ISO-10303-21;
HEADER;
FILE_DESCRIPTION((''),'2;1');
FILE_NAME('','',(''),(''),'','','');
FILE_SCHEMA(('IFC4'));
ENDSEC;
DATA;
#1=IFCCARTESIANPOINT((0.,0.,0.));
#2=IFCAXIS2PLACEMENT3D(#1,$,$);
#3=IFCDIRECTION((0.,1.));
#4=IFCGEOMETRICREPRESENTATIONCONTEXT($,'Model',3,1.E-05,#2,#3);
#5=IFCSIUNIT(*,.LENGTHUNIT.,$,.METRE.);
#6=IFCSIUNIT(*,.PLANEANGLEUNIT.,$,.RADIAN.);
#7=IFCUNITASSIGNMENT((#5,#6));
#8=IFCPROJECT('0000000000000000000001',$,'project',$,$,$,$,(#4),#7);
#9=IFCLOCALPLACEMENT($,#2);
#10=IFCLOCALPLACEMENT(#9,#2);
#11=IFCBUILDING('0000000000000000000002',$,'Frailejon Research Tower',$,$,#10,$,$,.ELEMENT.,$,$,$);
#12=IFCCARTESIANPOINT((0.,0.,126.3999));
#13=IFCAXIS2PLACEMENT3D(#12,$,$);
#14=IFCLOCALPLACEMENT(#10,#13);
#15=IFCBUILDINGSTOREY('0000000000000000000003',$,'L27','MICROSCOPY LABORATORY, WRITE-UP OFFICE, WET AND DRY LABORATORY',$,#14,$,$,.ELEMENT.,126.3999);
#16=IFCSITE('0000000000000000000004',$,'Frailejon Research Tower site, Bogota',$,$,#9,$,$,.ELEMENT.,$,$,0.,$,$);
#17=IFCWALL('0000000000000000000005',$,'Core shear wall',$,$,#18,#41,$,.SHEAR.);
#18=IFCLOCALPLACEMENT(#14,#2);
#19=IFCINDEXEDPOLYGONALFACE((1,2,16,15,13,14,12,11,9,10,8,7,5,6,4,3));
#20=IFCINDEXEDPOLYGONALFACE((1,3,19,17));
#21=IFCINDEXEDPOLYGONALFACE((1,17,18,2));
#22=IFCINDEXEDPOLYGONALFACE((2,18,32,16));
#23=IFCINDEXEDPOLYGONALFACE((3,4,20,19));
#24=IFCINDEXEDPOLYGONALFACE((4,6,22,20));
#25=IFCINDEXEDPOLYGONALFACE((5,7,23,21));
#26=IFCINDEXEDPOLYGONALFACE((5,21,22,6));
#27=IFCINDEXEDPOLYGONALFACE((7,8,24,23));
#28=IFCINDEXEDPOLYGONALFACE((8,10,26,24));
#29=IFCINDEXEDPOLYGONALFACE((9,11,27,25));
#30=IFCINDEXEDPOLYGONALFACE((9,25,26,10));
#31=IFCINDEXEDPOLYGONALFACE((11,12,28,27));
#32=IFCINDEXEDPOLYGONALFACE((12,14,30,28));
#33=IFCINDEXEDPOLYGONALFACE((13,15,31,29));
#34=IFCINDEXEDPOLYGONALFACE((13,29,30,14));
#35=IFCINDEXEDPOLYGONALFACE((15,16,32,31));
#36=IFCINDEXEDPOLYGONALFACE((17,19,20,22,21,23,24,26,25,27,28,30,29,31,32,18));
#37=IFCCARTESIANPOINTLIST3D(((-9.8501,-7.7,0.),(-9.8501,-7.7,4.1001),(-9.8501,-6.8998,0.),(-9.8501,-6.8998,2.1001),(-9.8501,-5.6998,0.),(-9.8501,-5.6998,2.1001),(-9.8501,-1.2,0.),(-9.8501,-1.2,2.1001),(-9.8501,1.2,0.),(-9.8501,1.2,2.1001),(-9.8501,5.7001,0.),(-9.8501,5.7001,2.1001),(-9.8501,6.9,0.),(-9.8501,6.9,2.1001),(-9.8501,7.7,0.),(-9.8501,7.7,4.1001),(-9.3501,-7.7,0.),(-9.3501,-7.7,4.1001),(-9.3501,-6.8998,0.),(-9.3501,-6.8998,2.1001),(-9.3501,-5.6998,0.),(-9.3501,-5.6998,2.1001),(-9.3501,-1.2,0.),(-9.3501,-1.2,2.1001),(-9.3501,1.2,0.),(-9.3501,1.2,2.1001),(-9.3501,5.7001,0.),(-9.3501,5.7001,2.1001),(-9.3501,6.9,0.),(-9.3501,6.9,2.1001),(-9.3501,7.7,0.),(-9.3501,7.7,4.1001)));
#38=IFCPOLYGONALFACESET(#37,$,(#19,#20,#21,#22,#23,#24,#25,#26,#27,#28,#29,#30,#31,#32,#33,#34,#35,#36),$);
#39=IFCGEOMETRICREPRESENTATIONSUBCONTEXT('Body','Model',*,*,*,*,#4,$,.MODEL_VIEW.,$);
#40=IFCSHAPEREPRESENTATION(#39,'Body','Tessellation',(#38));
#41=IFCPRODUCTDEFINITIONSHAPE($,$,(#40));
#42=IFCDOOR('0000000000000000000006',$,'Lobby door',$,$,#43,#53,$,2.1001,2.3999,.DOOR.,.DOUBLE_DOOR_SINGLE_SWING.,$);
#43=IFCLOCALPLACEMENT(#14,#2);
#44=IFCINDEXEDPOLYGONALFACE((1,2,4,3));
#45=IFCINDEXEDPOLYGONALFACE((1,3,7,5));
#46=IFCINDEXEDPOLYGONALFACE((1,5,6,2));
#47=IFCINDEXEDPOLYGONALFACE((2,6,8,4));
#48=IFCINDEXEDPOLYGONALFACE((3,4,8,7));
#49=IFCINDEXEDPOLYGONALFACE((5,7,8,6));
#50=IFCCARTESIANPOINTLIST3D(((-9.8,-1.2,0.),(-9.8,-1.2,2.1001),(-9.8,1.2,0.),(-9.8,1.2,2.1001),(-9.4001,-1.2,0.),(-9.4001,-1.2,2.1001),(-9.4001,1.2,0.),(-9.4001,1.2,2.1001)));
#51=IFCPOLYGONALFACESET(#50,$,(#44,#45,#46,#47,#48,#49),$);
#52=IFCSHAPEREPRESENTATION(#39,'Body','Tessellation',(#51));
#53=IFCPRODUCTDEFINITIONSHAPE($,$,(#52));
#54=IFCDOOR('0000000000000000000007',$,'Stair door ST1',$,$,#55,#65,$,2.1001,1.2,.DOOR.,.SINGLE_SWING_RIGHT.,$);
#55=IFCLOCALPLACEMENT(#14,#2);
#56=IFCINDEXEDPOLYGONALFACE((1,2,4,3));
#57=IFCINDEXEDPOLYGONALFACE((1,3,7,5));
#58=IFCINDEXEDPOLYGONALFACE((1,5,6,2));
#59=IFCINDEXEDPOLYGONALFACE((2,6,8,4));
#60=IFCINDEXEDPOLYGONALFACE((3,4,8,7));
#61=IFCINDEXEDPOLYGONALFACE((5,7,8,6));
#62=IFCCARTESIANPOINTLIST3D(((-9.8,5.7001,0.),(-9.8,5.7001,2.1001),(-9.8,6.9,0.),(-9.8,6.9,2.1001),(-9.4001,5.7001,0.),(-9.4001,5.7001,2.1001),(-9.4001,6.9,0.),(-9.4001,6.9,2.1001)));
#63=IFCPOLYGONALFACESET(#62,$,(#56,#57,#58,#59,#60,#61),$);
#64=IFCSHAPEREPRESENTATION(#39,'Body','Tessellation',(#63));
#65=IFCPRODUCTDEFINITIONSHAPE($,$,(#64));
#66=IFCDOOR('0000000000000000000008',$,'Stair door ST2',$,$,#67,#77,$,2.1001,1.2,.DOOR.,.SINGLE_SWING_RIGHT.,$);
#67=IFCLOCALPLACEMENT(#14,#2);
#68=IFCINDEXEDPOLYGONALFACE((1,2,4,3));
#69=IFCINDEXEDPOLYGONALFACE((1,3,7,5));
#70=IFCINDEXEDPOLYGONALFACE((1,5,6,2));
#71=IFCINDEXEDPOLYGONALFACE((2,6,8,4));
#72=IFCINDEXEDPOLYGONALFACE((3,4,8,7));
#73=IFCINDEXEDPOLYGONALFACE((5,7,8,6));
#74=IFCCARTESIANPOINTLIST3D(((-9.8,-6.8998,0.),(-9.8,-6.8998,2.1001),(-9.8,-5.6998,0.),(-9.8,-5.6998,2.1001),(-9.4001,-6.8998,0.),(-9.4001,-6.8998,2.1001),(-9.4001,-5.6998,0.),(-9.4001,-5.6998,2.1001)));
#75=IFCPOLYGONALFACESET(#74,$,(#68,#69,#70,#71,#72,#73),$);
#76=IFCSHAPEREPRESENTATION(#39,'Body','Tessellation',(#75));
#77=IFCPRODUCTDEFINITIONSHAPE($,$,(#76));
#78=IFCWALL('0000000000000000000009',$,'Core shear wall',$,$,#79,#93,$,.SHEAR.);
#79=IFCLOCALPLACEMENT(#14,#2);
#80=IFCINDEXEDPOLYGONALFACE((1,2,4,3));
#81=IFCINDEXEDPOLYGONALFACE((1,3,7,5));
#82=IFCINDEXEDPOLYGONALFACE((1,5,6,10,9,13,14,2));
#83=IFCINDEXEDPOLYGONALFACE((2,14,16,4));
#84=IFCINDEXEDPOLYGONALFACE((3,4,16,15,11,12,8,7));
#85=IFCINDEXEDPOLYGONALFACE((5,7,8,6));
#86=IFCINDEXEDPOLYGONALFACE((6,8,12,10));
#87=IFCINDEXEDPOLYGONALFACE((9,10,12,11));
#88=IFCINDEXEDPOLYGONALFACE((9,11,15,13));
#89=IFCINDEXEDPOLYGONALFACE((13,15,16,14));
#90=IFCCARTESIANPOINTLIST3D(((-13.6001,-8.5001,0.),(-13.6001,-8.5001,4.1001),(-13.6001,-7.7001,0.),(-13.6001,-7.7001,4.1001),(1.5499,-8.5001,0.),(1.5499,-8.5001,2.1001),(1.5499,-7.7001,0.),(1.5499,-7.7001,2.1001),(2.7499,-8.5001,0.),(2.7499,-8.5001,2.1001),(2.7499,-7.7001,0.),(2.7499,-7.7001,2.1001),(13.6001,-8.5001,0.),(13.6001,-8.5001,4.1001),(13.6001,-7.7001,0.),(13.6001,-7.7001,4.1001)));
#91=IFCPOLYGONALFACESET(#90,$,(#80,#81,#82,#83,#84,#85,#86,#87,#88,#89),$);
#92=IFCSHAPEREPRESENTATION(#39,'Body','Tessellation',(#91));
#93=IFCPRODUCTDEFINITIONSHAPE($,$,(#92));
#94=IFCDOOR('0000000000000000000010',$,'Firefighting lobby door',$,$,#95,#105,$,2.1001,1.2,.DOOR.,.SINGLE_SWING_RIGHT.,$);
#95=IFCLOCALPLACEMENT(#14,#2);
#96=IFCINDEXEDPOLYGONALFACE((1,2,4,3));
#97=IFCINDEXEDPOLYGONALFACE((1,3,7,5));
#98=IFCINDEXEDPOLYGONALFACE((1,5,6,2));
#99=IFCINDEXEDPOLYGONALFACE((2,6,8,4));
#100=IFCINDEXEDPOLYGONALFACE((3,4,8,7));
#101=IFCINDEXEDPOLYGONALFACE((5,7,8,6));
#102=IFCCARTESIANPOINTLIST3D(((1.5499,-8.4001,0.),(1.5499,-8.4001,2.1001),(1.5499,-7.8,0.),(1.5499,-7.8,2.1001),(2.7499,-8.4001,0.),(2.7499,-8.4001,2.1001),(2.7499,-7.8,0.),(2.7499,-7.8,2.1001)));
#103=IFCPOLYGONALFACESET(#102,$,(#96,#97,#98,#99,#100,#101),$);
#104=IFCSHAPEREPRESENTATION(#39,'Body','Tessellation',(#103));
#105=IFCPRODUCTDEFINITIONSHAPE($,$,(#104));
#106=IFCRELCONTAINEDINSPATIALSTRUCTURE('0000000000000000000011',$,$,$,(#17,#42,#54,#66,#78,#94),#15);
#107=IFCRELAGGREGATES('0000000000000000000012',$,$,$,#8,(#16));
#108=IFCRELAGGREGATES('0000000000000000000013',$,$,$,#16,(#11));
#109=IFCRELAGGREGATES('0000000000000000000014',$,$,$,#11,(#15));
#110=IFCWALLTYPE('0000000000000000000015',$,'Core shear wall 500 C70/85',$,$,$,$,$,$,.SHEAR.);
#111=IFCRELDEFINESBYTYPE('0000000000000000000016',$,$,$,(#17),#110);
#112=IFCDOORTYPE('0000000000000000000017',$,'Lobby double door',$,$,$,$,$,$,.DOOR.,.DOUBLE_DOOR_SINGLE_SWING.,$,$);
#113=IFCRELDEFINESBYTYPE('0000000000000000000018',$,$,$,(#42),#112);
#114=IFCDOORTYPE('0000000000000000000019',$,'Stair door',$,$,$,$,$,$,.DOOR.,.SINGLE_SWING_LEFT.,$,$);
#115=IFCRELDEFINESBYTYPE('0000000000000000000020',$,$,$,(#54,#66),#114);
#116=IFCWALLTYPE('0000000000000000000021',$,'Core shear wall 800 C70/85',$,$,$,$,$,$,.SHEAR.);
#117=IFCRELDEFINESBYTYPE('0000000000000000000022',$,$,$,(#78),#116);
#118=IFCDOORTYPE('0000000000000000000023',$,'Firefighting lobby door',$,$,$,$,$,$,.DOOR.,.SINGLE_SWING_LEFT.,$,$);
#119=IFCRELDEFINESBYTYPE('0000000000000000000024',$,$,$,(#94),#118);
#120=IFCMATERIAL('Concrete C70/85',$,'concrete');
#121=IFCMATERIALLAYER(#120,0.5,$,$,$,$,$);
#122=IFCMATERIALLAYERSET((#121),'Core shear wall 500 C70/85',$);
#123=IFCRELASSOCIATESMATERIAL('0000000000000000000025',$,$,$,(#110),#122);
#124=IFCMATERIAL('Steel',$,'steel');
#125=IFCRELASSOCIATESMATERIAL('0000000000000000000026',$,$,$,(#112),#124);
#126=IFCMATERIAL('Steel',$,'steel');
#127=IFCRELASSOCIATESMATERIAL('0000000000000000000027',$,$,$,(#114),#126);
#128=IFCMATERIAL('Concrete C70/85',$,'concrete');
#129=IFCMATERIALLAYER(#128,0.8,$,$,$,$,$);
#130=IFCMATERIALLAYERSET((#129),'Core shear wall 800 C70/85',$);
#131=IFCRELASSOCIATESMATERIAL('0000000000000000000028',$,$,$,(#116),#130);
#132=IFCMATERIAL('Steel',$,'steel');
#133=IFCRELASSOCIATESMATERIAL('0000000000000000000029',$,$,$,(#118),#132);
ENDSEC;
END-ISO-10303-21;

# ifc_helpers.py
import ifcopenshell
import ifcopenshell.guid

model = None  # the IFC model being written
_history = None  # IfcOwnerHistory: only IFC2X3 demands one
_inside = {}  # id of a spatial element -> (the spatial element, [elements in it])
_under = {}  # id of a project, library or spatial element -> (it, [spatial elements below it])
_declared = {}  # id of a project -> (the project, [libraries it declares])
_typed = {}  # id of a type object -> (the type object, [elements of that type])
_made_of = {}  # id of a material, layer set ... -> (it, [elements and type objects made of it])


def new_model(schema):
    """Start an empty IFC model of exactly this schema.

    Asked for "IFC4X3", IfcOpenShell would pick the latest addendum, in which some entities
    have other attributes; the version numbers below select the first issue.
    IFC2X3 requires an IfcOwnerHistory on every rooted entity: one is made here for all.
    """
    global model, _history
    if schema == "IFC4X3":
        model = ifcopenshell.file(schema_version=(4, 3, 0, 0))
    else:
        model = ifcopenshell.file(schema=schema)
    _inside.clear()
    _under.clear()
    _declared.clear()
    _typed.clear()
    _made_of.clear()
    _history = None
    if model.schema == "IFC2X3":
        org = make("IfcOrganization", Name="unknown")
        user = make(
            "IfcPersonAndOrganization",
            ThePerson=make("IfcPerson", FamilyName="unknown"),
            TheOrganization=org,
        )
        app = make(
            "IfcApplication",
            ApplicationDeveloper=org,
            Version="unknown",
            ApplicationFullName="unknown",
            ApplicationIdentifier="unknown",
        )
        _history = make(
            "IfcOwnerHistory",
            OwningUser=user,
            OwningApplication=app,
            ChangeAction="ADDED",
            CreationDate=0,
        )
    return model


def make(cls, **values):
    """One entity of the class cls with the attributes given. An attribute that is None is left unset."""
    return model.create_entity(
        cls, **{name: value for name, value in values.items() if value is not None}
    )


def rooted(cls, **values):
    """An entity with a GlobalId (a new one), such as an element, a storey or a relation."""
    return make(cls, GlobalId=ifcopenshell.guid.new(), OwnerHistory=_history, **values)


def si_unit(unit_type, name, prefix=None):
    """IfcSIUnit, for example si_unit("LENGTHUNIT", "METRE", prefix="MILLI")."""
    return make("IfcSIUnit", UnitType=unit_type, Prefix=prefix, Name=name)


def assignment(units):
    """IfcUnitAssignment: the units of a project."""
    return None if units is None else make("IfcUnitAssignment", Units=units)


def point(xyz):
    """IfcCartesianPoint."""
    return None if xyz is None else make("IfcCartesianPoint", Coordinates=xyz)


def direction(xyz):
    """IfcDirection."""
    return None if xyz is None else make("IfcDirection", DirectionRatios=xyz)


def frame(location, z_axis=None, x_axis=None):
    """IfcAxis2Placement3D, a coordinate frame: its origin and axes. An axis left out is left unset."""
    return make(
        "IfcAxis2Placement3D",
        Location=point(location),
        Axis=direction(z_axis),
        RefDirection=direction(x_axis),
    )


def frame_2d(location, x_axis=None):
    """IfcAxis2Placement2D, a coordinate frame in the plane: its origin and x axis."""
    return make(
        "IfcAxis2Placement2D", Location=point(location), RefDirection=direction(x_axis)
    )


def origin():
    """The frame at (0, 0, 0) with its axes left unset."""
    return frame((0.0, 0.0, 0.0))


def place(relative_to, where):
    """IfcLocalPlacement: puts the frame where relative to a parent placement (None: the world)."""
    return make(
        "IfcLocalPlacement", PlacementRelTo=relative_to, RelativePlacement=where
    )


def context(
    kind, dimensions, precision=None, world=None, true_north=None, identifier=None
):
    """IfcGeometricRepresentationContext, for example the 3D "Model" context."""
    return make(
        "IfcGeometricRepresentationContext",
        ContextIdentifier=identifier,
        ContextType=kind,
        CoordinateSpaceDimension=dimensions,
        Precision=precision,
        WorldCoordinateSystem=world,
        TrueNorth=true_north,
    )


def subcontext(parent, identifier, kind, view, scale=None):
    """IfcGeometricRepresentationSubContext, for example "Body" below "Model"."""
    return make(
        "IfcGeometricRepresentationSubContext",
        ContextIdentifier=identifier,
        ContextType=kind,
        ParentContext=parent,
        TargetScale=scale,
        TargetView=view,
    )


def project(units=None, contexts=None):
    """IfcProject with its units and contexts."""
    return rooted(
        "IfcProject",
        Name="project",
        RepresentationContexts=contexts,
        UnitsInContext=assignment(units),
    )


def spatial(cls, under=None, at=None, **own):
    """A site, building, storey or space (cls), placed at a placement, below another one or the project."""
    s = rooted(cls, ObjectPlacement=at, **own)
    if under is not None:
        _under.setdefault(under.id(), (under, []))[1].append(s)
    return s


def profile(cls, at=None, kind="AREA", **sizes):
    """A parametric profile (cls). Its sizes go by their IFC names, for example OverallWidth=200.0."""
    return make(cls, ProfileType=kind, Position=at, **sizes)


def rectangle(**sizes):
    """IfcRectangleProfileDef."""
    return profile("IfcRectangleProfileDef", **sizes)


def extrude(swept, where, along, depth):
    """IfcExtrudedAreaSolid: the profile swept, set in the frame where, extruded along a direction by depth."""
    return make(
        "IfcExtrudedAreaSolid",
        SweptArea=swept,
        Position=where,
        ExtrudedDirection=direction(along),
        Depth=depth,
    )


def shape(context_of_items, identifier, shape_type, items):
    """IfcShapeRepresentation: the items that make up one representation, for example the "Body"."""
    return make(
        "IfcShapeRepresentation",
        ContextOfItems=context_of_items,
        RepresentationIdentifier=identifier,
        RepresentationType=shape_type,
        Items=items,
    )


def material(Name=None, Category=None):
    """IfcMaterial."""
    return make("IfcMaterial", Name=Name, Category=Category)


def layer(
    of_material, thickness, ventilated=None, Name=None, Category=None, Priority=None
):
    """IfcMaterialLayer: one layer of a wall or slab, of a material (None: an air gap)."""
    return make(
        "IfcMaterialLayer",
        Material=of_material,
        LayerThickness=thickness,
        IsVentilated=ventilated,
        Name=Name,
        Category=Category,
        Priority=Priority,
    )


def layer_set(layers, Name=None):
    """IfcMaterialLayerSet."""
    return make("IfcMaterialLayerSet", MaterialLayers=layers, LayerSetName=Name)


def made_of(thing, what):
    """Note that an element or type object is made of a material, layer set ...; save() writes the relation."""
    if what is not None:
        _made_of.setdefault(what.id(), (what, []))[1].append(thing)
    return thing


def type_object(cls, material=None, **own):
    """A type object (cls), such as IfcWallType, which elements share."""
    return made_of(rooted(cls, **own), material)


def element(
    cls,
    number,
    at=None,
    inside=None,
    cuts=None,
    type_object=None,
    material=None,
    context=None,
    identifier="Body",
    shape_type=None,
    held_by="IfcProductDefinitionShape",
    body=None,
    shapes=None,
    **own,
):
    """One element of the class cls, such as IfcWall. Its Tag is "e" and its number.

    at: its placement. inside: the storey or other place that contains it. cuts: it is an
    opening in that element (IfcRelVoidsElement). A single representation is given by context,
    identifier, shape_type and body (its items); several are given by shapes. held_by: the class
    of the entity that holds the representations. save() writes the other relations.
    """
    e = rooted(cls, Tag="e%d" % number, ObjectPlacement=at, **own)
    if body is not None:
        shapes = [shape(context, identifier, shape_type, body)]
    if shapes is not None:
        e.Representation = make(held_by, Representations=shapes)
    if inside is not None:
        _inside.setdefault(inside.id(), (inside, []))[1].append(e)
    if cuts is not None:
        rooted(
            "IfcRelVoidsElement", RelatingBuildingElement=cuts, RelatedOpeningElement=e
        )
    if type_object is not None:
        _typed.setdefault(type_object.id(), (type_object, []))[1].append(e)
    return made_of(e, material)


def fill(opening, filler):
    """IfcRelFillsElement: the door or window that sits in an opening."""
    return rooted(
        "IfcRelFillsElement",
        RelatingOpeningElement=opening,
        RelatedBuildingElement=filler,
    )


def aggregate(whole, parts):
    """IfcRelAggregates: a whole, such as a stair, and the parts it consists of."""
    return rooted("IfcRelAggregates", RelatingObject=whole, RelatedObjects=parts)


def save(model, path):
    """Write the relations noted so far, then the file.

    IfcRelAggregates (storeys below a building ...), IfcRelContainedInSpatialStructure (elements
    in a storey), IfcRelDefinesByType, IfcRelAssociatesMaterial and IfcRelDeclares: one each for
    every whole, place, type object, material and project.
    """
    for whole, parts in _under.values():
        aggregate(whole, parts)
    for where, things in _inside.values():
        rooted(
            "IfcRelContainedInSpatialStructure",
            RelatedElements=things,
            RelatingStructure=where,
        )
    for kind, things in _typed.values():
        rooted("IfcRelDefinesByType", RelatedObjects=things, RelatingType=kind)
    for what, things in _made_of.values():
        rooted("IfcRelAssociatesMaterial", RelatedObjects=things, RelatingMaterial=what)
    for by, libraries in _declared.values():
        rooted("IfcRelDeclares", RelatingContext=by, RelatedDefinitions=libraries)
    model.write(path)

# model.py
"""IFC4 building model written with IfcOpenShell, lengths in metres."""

from ifc_helpers import new_model, si_unit, direction, frame, frame_2d, origin, place, context, subcontext, project, spatial, rectangle, extrude, material, layer, layer_set, type_object, element, fill, save


model = new_model("IFC4")

# Units and contexts
model_context = context("Model", 3, precision=1e-05, world=origin(), true_north=direction((0.0, 1.0)))
body_context = subcontext(model_context, "Body", "Model", "MODEL_VIEW")
ifc_project = project(units=[si_unit("LENGTHUNIT", "METRE"), si_unit("PLANEANGLEUNIT", "RADIAN")], contexts=[model_context])

# Site, building, storey
site_placement = place(None, origin())
site = spatial("IfcSite", under=ifc_project, at=site_placement, Name="Frailejon Research Tower site, Bogota", CompositionType="ELEMENT", RefElevation=0.0)
building_placement = place(site_placement, origin())
building = spatial("IfcBuilding", under=site, at=building_placement, Name="Frailejon Research Tower", CompositionType="ELEMENT")
storey_placement = place(building_placement, frame((0.0, 0.0, 126.3999)))
storey = spatial("IfcBuildingStorey", under=building, at=storey_placement, Name="L27", Description="MICROSCOPY LABORATORY, WRITE-UP OFFICE, WET AND DRY LABORATORY", CompositionType="ELEMENT", Elevation=126.3999)

# Wall, openings, doors
ifc_material_1 = material(Name="Concrete C70/85", Category="concrete")
ifc_layer_1 = layer(ifc_material_1, 0.5)
ifc_layer_set_1 = layer_set([ifc_layer_1], Name="Core shear wall 500 C70/85")
wall_type_1 = type_object("IfcWallType", Name="Core shear wall 500 C70/85", PredefinedType="SHEAR", material=ifc_layer_set_1)
wall_1_placement = place(storey_placement, frame((-9.6001, -7.7, 0.0), z_axis=(0.0, 0.0, 1.0), x_axis=(0.0, 1.0, 0.0)))
wall_1 = element("IfcWall", 1, at=wall_1_placement, inside=storey, type_object=wall_type_1, Name="Core shear wall", PredefinedType="SHEAR", context=body_context, shape_type="SweptSolid", body=[
    extrude(rectangle(XDim=15.3999, YDim=0.5, at=frame_2d((7.7, 0.0))), origin(), (0.0, 0.0, 1.0), 4.1001),
])
opening_1_placement = place(wall_1_placement, frame((6.5, 0.0, 0.0)))
opening_1 = element("IfcOpeningElement", 2, at=opening_1_placement, cuts=wall_1, PredefinedType="OPENING", context=body_context, shape_type="SweptSolid", body=[
    extrude(rectangle(XDim=2.3999, YDim=2.1001, at=frame_2d((1.2, 1.05))), frame((0.0, 0.26, 0.0), z_axis=(0.0, -1.0, 0.0), x_axis=(1.0, 0.0, 0.0)), (0.0, 0.0, 1.0), 0.52),
])
opening_2_placement = place(wall_1_placement, frame((13.3999, 0.0, 0.0)))
opening_2 = element("IfcOpeningElement", 3, at=opening_2_placement, cuts=wall_1, PredefinedType="OPENING", context=body_context, shape_type="SweptSolid", body=[
    extrude(rectangle(XDim=1.2, YDim=2.1001, at=frame_2d((0.6001, 1.05))), frame((0.0, 0.26, 0.0), z_axis=(0.0, -1.0, 0.0), x_axis=(1.0, 0.0, 0.0)), (0.0, 0.0, 1.0), 0.52),
])
opening_3_placement = place(wall_1_placement, frame((0.8, 0.0, 0.0)))
opening_3 = element("IfcOpeningElement", 4, at=opening_3_placement, cuts=wall_1, PredefinedType="OPENING", context=body_context, shape_type="SweptSolid", body=[
    extrude(rectangle(XDim=1.2, YDim=2.1001, at=frame_2d((0.6001, 1.05))), frame((0.0, 0.26, 0.0), z_axis=(0.0, -1.0, 0.0), x_axis=(1.0, 0.0, 0.0)), (0.0, 0.0, 1.0), 0.52),
])
ifc_material_2 = material(Name="Steel", Category="steel")
door_type_1 = type_object("IfcDoorType", Name="Lobby double door", OperationType="DOUBLE_DOOR_SINGLE_SWING", PredefinedType="DOOR", material=ifc_material_2)
door_1_placement = place(opening_1_placement, origin())
door_1 = element("IfcDoor", 5, at=door_1_placement, inside=storey, type_object=door_type_1, Name="Lobby door", OperationType="DOUBLE_DOOR_SINGLE_SWING", OverallHeight=2.1001, OverallWidth=2.3999, PredefinedType="DOOR", context=body_context, shape_type="SweptSolid", body=[
    extrude(rectangle(XDim=2.3999, YDim=2.1001, at=frame_2d((1.2, 1.05))), frame((0.0, 0.2, 0.0), z_axis=(0.0, -1.0, 0.0), x_axis=(1.0, 0.0, 0.0)), (0.0, 0.0, 1.0), 0.3999),
])
fill(opening_1, door_1)
ifc_material_3 = material(Name="Steel", Category="steel")
door_type_2 = type_object("IfcDoorType", Name="Stair door", OperationType="SINGLE_SWING_LEFT", PredefinedType="DOOR", material=ifc_material_3)
door_2_placement = place(opening_2_placement, origin())
door_2 = element("IfcDoor", 6, at=door_2_placement, inside=storey, type_object=door_type_2, Name="Stair door ST1", OperationType="SINGLE_SWING_RIGHT", OverallHeight=2.1001, OverallWidth=1.2, PredefinedType="DOOR", context=body_context, shape_type="SweptSolid", body=[
    extrude(rectangle(XDim=1.2, YDim=2.1001, at=frame_2d((0.6001, 1.05))), frame((0.0, 0.2, 0.0), z_axis=(0.0, -1.0, 0.0), x_axis=(1.0, 0.0, 0.0)), (0.0, 0.0, 1.0), 0.3999),
])
fill(opening_2, door_2)
door_3_placement = place(opening_3_placement, origin())
door_3 = element("IfcDoor", 7, at=door_3_placement, inside=storey, type_object=door_type_2, Name="Stair door ST2", OperationType="SINGLE_SWING_RIGHT", OverallHeight=2.1001, OverallWidth=1.2, PredefinedType="DOOR", context=body_context, shape_type="SweptSolid", body=[
    extrude(rectangle(XDim=1.2, YDim=2.1001, at=frame_2d((0.6001, 1.05))), frame((0.0, 0.2, 0.0), z_axis=(0.0, -1.0, 0.0), x_axis=(1.0, 0.0, 0.0)), (0.0, 0.0, 1.0), 0.3999),
])
fill(opening_3, door_3)

# Wall, opening, door
ifc_material_4 = material(Name="Concrete C70/85", Category="concrete")
ifc_layer_2 = layer(ifc_material_4, 0.8)
ifc_layer_set_2 = layer_set([ifc_layer_2], Name="Core shear wall 800 C70/85")
wall_type_2 = type_object("IfcWallType", Name="Core shear wall 800 C70/85", PredefinedType="SHEAR", material=ifc_layer_set_2)
wall_2_placement = place(storey_placement, frame((-13.6001, -8.1001, 0.0), z_axis=(0.0, 0.0, 1.0), x_axis=(1.0, 0.0, 0.0)))
wall_2 = element("IfcWall", 8, at=wall_2_placement, inside=storey, type_object=wall_type_2, Name="Core shear wall", PredefinedType="SHEAR", context=body_context, shape_type="SweptSolid", body=[
    extrude(rectangle(XDim=27.2002, YDim=0.8, at=frame_2d((13.6001, 0.0))), origin(), (0.0, 0.0, 1.0), 4.1001),
])
opening_4_placement = place(wall_2_placement, frame((15.1499, 0.0, 0.0)))
opening_4 = element("IfcOpeningElement", 9, at=opening_4_placement, cuts=wall_2, PredefinedType="OPENING", context=body_context, shape_type="SweptSolid", body=[
    extrude(rectangle(XDim=1.2, YDim=2.1001, at=frame_2d((0.6001, 1.05))), frame((0.0, 0.4099, 0.0), z_axis=(0.0, -1.0, 0.0), x_axis=(1.0, 0.0, 0.0)), (0.0, 0.0, 1.0), 0.8201),
])
ifc_material_5 = material(Name="Steel", Category="steel")
door_type_3 = type_object("IfcDoorType", Name="Firefighting lobby door", OperationType="SINGLE_SWING_LEFT", PredefinedType="DOOR", material=ifc_material_5)
door_4_placement = place(opening_4_placement, origin())
door_4 = element("IfcDoor", 10, at=door_4_placement, inside=storey, type_object=door_type_3, Name="Firefighting lobby door", OperationType="SINGLE_SWING_RIGHT", OverallHeight=2.1001, OverallWidth=1.2, PredefinedType="DOOR", context=body_context, shape_type="SweptSolid", body=[
    extrude(rectangle(XDim=1.2, YDim=2.1001, at=frame_2d((0.6001, 1.05))), frame((0.0, 0.3, 0.0), z_axis=(0.0, -1.0, 0.0), x_axis=(1.0, 0.0, 0.0)), (0.0, 0.0, 1.0), 0.6001),
])
fill(opening_4, door_4)

save(model, "model.ifc")
